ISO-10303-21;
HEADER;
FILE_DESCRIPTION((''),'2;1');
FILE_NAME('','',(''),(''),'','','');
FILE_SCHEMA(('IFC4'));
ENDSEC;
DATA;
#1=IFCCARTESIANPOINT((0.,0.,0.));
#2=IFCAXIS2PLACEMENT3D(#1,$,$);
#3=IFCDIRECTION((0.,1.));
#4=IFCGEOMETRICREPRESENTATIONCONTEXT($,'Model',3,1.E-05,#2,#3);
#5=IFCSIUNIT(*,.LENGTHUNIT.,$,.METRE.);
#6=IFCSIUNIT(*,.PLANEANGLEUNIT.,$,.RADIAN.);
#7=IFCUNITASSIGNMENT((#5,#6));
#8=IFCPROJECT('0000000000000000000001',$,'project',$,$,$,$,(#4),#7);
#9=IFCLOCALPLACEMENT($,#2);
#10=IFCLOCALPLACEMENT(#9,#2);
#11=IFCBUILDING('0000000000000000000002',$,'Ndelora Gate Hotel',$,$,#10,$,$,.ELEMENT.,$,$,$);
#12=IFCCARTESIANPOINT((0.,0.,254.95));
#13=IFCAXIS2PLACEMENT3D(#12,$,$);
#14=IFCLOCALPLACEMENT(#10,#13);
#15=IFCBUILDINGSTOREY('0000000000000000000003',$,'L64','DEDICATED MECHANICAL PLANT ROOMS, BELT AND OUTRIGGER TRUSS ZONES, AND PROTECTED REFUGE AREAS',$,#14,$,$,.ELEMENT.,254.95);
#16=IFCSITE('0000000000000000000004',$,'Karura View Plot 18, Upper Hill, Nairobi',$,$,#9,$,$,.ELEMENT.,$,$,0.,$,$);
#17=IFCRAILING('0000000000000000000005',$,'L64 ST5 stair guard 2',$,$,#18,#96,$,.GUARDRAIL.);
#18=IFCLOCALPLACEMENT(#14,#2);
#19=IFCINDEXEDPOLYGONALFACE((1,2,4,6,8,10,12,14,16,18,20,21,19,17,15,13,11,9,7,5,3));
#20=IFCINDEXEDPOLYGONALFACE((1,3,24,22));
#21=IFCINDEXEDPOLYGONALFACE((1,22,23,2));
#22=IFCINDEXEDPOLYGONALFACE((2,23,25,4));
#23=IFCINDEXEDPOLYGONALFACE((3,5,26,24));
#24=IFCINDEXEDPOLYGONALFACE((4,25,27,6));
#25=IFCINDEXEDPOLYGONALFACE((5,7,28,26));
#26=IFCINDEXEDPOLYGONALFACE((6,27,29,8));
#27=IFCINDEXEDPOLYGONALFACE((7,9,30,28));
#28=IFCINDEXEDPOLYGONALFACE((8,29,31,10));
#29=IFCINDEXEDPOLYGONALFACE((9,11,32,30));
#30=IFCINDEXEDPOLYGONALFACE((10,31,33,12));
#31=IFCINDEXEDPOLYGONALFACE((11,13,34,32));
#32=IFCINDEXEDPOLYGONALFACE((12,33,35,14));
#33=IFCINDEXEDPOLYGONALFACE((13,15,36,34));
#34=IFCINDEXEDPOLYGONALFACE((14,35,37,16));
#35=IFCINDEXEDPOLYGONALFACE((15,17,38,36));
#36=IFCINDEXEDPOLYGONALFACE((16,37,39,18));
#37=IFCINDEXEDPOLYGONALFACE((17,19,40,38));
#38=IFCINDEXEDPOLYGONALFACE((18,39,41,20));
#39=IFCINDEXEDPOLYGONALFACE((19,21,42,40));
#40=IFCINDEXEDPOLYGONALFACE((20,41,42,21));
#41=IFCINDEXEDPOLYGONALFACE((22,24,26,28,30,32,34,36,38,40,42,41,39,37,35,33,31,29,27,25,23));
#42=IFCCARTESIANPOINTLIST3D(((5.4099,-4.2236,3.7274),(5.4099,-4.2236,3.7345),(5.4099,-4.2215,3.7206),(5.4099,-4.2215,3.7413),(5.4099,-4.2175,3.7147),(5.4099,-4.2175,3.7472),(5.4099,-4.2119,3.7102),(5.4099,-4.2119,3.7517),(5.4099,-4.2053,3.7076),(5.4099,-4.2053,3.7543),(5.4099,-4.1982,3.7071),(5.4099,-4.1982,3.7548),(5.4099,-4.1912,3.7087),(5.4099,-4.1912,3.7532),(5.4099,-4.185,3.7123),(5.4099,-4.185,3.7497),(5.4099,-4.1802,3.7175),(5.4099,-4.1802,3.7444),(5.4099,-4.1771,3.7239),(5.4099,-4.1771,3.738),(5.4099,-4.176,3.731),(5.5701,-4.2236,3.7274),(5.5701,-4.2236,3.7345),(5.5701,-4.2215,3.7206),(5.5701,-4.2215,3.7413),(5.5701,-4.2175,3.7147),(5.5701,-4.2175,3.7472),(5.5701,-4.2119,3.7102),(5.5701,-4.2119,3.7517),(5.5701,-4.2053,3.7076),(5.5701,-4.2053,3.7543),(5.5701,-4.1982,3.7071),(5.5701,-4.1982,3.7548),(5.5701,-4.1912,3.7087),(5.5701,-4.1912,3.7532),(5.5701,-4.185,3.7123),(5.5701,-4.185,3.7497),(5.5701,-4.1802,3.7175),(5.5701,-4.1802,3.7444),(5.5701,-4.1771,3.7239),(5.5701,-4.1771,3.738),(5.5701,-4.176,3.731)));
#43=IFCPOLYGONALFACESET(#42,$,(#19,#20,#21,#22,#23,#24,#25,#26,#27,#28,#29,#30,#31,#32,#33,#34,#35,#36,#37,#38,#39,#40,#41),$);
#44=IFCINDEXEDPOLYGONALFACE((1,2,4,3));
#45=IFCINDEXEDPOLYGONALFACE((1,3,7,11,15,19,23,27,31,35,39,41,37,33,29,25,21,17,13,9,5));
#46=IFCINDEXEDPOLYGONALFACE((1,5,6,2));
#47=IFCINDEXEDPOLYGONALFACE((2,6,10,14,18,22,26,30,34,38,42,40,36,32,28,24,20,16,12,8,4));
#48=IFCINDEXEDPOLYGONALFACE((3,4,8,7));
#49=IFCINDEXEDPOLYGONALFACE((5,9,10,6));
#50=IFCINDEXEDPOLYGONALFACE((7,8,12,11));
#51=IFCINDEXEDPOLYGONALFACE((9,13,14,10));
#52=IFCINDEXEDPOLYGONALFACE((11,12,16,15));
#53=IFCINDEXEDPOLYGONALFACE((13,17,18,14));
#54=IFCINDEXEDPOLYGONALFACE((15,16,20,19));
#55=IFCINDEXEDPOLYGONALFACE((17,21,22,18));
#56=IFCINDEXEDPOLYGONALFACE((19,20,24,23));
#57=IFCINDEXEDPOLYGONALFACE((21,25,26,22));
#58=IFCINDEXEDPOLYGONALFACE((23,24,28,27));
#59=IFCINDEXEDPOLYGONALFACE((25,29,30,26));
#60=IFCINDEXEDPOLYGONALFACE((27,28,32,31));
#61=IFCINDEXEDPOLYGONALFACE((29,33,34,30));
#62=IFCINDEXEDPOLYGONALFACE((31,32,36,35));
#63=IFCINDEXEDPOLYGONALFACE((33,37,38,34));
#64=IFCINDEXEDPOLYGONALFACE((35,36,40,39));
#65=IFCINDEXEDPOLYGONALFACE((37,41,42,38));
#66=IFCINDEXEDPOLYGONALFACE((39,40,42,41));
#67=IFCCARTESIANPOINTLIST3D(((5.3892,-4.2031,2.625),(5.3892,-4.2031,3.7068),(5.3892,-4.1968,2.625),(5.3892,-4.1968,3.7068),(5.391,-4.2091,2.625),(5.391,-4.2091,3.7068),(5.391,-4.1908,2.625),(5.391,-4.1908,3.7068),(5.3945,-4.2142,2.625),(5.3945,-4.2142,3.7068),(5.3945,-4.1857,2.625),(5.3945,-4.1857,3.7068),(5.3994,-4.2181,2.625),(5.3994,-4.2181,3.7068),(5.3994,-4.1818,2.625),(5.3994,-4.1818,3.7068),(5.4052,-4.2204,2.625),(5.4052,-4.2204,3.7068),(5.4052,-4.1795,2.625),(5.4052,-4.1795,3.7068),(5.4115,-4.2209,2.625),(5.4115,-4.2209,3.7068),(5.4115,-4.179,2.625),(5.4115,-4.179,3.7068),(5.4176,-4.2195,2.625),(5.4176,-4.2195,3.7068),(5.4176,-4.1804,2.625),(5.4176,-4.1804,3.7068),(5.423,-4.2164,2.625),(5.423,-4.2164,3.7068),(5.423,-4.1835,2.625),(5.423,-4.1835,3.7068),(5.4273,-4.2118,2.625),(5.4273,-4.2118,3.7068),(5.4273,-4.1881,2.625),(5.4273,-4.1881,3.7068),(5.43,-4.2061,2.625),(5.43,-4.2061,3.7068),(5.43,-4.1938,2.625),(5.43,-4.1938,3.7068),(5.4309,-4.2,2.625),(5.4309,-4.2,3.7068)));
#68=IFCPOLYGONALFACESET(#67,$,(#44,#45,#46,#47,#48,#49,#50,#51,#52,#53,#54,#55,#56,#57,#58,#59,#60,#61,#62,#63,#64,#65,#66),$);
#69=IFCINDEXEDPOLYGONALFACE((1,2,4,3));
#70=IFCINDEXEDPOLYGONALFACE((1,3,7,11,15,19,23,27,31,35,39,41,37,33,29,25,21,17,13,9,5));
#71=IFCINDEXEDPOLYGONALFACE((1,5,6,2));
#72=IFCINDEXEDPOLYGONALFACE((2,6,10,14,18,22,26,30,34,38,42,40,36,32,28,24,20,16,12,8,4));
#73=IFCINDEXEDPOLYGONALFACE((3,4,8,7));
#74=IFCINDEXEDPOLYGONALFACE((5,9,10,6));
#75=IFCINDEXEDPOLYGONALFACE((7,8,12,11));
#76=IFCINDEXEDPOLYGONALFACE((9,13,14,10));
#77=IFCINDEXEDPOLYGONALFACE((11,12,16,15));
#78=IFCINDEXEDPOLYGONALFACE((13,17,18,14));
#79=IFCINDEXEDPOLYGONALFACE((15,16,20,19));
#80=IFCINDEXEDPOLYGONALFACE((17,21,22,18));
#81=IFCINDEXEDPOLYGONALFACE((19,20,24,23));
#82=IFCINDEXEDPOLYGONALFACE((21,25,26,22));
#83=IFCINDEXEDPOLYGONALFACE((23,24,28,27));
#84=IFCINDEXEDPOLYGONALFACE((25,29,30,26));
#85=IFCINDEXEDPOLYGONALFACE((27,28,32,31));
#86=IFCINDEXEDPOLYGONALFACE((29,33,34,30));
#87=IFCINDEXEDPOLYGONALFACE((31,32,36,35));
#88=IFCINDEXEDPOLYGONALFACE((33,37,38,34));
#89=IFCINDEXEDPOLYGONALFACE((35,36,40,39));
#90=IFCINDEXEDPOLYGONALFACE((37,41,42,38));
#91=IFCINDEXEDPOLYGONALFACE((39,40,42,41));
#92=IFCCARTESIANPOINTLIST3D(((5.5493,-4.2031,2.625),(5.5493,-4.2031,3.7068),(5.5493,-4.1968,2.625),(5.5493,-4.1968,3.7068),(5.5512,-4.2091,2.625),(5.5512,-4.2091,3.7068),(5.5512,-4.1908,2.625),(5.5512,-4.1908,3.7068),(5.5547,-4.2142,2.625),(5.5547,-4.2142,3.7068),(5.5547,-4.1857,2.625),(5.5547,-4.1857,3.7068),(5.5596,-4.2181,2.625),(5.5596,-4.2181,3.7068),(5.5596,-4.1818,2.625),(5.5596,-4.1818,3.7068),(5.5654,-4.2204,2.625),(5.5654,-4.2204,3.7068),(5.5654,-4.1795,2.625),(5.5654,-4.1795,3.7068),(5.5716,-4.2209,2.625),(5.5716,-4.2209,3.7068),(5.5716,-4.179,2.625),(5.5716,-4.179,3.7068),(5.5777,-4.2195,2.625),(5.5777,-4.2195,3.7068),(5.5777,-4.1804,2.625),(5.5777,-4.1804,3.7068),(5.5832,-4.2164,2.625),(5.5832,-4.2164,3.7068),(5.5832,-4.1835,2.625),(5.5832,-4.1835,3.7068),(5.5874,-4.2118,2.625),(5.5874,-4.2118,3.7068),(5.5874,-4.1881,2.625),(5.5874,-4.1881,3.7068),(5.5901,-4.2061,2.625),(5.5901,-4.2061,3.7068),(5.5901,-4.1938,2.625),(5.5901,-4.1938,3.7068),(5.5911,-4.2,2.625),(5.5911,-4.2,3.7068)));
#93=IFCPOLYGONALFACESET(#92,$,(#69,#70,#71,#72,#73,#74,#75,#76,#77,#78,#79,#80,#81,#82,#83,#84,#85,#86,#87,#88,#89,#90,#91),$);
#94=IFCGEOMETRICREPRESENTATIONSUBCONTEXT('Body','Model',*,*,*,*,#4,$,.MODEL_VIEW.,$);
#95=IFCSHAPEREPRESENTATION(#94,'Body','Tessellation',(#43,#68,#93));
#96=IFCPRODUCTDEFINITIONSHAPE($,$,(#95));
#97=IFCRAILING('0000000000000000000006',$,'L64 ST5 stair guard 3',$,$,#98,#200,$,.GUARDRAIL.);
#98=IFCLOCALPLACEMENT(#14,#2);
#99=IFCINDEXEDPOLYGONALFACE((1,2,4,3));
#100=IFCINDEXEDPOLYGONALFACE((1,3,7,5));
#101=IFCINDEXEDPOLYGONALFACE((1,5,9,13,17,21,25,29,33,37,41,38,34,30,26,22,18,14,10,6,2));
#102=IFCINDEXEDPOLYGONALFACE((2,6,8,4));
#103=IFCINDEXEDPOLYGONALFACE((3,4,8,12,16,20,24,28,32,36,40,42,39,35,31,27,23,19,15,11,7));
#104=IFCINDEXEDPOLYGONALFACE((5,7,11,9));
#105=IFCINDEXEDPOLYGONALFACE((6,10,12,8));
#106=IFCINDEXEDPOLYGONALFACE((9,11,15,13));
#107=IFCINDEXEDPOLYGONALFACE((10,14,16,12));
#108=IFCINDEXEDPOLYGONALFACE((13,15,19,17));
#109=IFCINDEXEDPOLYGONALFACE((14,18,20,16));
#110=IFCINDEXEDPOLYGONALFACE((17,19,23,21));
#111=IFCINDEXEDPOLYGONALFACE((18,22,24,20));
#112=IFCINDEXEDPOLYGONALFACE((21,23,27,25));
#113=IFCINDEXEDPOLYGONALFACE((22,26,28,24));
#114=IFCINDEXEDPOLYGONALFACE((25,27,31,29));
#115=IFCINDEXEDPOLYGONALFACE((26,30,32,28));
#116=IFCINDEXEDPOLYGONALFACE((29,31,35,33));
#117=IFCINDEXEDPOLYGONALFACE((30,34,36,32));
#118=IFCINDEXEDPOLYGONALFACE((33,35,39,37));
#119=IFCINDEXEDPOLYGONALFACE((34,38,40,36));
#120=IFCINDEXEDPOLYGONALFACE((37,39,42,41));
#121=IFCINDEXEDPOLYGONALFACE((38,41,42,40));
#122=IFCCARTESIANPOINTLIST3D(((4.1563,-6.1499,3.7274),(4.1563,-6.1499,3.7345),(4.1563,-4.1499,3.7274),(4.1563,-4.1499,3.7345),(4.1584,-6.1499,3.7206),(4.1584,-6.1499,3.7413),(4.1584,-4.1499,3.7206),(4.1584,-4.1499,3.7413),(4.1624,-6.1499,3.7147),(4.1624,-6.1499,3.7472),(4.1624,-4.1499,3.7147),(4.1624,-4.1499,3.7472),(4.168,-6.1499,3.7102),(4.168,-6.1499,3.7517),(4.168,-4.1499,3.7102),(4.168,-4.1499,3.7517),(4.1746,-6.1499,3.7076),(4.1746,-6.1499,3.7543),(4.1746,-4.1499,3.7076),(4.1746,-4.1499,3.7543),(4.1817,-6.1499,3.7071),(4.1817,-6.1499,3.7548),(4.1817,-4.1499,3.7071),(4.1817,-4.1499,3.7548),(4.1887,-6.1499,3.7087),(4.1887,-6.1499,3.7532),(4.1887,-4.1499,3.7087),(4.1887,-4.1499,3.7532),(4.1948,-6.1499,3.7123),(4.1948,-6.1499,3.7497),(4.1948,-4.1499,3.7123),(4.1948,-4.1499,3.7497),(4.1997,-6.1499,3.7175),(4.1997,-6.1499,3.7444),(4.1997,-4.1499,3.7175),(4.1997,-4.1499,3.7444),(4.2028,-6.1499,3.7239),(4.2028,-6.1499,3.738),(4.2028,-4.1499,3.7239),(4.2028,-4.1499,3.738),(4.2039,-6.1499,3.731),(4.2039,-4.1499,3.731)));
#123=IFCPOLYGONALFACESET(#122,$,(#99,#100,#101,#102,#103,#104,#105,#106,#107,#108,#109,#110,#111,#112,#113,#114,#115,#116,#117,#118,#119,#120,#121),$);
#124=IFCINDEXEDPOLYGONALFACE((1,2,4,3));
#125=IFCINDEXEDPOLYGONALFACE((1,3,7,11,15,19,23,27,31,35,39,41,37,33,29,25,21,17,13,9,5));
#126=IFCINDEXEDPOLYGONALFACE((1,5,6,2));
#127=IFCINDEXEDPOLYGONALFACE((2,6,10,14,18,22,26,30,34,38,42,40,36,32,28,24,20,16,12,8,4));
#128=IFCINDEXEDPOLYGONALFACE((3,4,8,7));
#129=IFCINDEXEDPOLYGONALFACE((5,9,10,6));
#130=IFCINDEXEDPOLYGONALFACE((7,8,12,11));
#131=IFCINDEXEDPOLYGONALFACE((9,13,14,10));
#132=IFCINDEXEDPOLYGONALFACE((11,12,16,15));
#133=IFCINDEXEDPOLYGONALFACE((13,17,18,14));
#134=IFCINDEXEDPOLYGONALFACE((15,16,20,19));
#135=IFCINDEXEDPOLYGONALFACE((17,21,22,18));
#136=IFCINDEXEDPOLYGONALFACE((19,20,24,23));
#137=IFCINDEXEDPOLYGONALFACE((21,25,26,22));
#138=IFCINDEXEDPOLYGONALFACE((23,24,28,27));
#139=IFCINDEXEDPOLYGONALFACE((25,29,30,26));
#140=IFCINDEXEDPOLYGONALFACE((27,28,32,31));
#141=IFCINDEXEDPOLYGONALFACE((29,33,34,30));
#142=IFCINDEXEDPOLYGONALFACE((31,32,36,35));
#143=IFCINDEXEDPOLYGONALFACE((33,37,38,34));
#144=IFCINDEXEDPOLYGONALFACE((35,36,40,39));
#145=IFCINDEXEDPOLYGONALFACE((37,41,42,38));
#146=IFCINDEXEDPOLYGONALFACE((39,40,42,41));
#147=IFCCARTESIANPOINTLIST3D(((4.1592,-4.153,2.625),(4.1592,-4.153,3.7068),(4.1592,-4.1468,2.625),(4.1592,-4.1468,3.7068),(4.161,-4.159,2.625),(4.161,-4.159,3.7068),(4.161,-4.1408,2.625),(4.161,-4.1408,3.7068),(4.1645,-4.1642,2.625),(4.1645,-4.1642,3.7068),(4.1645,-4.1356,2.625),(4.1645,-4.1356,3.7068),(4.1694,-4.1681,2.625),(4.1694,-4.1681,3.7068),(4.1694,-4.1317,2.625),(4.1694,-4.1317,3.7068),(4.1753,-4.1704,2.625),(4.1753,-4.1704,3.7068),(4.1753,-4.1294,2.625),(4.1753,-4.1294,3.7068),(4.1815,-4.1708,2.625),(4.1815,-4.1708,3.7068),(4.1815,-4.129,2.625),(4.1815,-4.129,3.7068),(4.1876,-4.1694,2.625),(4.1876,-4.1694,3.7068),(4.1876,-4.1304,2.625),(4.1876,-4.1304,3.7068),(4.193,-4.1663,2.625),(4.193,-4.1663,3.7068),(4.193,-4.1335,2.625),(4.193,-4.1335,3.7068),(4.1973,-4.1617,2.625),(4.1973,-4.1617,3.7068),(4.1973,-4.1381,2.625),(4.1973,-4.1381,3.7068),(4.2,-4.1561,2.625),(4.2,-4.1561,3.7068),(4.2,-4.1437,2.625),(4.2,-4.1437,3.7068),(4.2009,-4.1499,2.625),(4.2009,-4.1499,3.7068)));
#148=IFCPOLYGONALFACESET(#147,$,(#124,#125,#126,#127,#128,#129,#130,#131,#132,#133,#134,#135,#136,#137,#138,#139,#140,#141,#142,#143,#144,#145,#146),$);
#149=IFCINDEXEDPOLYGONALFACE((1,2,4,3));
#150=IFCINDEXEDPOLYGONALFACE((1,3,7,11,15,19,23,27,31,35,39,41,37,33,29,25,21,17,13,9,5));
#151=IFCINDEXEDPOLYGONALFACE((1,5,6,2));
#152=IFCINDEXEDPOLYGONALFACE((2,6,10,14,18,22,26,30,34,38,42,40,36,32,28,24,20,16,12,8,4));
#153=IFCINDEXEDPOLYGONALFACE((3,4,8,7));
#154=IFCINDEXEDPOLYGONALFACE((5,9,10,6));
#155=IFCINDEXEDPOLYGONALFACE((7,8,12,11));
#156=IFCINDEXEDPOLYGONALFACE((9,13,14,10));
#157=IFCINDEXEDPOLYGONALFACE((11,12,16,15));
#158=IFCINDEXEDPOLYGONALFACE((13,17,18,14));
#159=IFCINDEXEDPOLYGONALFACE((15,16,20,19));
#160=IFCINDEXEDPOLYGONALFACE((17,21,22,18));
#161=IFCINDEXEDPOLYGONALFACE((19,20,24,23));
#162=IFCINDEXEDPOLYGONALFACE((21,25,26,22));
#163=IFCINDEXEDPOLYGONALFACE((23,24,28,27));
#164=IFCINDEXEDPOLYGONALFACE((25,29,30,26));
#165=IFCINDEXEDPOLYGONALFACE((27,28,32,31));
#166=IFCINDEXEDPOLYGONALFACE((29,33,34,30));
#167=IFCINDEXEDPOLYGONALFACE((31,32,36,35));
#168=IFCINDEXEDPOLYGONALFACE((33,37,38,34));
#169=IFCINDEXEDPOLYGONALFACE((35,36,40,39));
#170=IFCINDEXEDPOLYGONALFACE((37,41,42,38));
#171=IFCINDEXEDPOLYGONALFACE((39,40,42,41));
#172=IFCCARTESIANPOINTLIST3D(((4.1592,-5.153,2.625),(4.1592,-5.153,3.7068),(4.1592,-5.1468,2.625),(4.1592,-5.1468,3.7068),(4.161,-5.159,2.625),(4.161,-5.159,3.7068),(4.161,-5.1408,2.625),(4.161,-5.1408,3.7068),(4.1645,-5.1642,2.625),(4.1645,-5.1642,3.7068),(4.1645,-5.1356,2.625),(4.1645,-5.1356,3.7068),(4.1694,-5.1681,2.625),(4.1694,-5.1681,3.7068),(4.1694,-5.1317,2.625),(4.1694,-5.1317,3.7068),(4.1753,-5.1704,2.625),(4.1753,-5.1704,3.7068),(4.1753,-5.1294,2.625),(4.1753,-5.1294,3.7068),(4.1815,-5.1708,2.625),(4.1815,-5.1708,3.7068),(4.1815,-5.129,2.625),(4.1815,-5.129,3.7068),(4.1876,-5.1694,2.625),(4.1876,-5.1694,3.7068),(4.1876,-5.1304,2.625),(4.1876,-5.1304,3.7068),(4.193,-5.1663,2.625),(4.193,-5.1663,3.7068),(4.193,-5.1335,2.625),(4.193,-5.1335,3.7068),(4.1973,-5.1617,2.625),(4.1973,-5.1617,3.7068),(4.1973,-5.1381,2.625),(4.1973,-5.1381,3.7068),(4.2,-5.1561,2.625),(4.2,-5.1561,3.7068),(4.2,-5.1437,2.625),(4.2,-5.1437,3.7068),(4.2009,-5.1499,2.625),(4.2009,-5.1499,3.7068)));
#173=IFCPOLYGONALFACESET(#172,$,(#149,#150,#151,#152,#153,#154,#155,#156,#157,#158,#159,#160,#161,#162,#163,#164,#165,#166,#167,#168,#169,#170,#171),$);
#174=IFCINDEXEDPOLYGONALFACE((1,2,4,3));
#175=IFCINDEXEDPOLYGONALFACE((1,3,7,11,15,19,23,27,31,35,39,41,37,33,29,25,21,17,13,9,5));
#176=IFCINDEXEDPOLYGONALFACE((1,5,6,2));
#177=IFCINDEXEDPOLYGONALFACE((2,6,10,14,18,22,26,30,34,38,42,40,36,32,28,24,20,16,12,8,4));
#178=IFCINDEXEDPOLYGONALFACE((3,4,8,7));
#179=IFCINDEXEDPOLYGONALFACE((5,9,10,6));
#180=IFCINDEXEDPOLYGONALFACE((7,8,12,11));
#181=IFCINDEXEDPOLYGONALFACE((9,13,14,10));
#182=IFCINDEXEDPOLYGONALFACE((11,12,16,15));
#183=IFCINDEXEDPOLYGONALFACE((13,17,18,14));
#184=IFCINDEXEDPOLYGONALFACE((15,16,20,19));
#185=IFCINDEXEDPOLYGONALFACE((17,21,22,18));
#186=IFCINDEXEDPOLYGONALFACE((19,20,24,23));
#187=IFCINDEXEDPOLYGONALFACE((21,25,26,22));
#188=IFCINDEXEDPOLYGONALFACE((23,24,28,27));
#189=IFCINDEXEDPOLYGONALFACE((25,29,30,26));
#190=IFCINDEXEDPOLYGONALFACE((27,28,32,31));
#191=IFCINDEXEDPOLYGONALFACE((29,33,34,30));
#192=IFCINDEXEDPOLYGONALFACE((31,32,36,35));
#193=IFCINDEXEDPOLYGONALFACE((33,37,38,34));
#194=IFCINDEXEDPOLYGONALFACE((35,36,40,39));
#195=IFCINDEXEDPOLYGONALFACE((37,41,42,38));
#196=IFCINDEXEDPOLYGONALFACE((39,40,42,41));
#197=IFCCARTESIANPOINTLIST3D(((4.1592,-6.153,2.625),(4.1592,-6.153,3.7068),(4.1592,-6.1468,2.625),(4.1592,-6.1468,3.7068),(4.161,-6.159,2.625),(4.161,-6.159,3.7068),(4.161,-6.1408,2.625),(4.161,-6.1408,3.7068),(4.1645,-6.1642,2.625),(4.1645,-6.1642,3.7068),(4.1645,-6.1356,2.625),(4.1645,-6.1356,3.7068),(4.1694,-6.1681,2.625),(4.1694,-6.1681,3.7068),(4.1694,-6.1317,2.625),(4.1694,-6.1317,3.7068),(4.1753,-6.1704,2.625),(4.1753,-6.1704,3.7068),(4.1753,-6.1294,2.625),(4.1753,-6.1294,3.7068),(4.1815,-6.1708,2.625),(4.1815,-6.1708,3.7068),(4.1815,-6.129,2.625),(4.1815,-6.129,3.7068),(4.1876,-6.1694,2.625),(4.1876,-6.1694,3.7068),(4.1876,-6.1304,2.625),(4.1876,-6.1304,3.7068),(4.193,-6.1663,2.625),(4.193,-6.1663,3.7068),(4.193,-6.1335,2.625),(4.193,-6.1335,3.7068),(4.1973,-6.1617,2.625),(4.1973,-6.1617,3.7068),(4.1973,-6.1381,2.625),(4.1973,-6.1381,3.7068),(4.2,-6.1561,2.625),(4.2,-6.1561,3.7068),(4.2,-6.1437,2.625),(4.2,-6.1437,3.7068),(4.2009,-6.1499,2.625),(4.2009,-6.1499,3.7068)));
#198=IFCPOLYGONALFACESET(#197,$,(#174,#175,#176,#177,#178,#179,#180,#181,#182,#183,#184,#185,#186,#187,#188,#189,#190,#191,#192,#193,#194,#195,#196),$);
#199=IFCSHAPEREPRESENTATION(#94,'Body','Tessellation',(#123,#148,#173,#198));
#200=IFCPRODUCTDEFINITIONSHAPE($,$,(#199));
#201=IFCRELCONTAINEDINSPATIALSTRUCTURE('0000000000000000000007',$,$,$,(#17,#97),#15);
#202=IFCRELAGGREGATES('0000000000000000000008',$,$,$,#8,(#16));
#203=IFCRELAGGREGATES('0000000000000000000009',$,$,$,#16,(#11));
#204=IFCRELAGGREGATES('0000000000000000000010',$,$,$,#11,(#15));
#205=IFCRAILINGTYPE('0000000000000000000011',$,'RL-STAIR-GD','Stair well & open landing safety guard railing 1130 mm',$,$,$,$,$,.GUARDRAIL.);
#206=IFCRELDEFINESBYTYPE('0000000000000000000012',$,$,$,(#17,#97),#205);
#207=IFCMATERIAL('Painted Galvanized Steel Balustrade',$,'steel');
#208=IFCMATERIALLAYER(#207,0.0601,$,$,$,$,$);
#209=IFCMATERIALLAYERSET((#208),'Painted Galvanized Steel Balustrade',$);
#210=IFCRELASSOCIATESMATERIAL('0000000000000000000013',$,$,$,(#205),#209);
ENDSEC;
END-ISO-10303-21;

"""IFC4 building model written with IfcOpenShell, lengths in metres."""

from ifc_helpers import new_model, si_unit, direction, frame, origin, origin_2d, place, context, subcontext, project, spatial, circle, extrude, material, layer, layer_set, type_object, element, save


model = new_model("IFC4")

# Units and contexts
model_context = context("Model", 3, precision=1e-05, world=origin(), true_north=direction((0.0, 1.0)))
body_context = subcontext(model_context, "Body", "Model", "MODEL_VIEW")
ifc_project = project(units=[si_unit("LENGTHUNIT", "METRE"), si_unit("PLANEANGLEUNIT", "RADIAN")], contexts=[model_context])

# Site, building, storey
site_placement = place(None, origin())
site = spatial("IfcSite", under=ifc_project, at=site_placement, Name="Karura View Plot 18, Upper Hill, Nairobi", CompositionType="ELEMENT", RefElevation=0.0)
building_placement = place(site_placement, origin())
building = spatial("IfcBuilding", under=site, at=building_placement, Name="Ndelora Gate Hotel", CompositionType="ELEMENT")
storey_placement = place(building_placement, frame((0.0, 0.0, 254.95)))
storey = spatial("IfcBuildingStorey", under=building, at=storey_placement, Name="L64", Description="DEDICATED MECHANICAL PLANT ROOMS, BELT AND OUTRIGGER TRUSS ZONES, AND PROTECTED REFUGE AREAS", CompositionType="ELEMENT", Elevation=254.95)

# Railings
ifc_material_1 = material(Name="Painted Galvanized Steel Balustrade", Category="steel")
ifc_layer_1 = layer(ifc_material_1, 0.0601)
ifc_layer_set_1 = layer_set([ifc_layer_1], Name="Painted Galvanized Steel Balustrade")
railing_type_1 = type_object("IfcRailingType", Name="RL-STAIR-GD", Description="Stair well & open landing safety guard railing 1130 mm", PredefinedType="GUARDRAIL", material=ifc_layer_set_1)
railing_1_placement = place(storey_placement, frame((5.4099, -4.2, 2.625)))
element("IfcRailing", 1, at=railing_1_placement, inside=storey, type_object=railing_type_1, Name="L64 ST5 stair guard 2", PredefinedType="GUARDRAIL", context=body_context, shape_type="SweptSolid", body=[
    extrude(circle(Radius=0.0239, at=origin_2d()), frame((0.0, 0.0, 1.106), z_axis=(1.0, 0.0, 0.0), x_axis=(0.0, 1.0, 0.0)), (0.0, 0.0, 1.0), 0.1602),
    extrude(circle(Radius=0.021, at=origin_2d()), origin(), (0.0, 0.0, 1.0), 1.0818),
    extrude(circle(Radius=0.021, at=origin_2d()), frame((0.1602, 0.0, 0.0)), (0.0, 0.0, 1.0), 1.0818),
])
for number, where, name in (
    (2, (4.1799, -4.1499, 2.625), "L64 ST5 stair guard 3"),
):
    element("IfcRailing", number, at=place(storey_placement, frame(where)), inside=storey, type_object=railing_type_1, Name=name, PredefinedType="GUARDRAIL", context=body_context, shape_type="SweptSolid", body=[
        extrude(circle(Radius=0.0239, at=origin_2d()), frame((0.0, 0.0, 1.106), z_axis=(0.0, -1.0, 0.0), x_axis=(1.0, 0.0, 0.0)), (0.0, 0.0, 1.0), 2.0),
        extrude(circle(Radius=0.021, at=origin_2d()), origin(), (0.0, 0.0, 1.0), 1.0818),
        extrude(circle(Radius=0.021, at=origin_2d()), frame((0.0, -1.0, 0.0)), (0.0, 0.0, 1.0), 1.0818),
        extrude(circle(Radius=0.021, at=origin_2d()), frame((0.0, -2.0, 0.0)), (0.0, 0.0, 1.0), 1.0818),
    ])

save(model, "model.ifc")
